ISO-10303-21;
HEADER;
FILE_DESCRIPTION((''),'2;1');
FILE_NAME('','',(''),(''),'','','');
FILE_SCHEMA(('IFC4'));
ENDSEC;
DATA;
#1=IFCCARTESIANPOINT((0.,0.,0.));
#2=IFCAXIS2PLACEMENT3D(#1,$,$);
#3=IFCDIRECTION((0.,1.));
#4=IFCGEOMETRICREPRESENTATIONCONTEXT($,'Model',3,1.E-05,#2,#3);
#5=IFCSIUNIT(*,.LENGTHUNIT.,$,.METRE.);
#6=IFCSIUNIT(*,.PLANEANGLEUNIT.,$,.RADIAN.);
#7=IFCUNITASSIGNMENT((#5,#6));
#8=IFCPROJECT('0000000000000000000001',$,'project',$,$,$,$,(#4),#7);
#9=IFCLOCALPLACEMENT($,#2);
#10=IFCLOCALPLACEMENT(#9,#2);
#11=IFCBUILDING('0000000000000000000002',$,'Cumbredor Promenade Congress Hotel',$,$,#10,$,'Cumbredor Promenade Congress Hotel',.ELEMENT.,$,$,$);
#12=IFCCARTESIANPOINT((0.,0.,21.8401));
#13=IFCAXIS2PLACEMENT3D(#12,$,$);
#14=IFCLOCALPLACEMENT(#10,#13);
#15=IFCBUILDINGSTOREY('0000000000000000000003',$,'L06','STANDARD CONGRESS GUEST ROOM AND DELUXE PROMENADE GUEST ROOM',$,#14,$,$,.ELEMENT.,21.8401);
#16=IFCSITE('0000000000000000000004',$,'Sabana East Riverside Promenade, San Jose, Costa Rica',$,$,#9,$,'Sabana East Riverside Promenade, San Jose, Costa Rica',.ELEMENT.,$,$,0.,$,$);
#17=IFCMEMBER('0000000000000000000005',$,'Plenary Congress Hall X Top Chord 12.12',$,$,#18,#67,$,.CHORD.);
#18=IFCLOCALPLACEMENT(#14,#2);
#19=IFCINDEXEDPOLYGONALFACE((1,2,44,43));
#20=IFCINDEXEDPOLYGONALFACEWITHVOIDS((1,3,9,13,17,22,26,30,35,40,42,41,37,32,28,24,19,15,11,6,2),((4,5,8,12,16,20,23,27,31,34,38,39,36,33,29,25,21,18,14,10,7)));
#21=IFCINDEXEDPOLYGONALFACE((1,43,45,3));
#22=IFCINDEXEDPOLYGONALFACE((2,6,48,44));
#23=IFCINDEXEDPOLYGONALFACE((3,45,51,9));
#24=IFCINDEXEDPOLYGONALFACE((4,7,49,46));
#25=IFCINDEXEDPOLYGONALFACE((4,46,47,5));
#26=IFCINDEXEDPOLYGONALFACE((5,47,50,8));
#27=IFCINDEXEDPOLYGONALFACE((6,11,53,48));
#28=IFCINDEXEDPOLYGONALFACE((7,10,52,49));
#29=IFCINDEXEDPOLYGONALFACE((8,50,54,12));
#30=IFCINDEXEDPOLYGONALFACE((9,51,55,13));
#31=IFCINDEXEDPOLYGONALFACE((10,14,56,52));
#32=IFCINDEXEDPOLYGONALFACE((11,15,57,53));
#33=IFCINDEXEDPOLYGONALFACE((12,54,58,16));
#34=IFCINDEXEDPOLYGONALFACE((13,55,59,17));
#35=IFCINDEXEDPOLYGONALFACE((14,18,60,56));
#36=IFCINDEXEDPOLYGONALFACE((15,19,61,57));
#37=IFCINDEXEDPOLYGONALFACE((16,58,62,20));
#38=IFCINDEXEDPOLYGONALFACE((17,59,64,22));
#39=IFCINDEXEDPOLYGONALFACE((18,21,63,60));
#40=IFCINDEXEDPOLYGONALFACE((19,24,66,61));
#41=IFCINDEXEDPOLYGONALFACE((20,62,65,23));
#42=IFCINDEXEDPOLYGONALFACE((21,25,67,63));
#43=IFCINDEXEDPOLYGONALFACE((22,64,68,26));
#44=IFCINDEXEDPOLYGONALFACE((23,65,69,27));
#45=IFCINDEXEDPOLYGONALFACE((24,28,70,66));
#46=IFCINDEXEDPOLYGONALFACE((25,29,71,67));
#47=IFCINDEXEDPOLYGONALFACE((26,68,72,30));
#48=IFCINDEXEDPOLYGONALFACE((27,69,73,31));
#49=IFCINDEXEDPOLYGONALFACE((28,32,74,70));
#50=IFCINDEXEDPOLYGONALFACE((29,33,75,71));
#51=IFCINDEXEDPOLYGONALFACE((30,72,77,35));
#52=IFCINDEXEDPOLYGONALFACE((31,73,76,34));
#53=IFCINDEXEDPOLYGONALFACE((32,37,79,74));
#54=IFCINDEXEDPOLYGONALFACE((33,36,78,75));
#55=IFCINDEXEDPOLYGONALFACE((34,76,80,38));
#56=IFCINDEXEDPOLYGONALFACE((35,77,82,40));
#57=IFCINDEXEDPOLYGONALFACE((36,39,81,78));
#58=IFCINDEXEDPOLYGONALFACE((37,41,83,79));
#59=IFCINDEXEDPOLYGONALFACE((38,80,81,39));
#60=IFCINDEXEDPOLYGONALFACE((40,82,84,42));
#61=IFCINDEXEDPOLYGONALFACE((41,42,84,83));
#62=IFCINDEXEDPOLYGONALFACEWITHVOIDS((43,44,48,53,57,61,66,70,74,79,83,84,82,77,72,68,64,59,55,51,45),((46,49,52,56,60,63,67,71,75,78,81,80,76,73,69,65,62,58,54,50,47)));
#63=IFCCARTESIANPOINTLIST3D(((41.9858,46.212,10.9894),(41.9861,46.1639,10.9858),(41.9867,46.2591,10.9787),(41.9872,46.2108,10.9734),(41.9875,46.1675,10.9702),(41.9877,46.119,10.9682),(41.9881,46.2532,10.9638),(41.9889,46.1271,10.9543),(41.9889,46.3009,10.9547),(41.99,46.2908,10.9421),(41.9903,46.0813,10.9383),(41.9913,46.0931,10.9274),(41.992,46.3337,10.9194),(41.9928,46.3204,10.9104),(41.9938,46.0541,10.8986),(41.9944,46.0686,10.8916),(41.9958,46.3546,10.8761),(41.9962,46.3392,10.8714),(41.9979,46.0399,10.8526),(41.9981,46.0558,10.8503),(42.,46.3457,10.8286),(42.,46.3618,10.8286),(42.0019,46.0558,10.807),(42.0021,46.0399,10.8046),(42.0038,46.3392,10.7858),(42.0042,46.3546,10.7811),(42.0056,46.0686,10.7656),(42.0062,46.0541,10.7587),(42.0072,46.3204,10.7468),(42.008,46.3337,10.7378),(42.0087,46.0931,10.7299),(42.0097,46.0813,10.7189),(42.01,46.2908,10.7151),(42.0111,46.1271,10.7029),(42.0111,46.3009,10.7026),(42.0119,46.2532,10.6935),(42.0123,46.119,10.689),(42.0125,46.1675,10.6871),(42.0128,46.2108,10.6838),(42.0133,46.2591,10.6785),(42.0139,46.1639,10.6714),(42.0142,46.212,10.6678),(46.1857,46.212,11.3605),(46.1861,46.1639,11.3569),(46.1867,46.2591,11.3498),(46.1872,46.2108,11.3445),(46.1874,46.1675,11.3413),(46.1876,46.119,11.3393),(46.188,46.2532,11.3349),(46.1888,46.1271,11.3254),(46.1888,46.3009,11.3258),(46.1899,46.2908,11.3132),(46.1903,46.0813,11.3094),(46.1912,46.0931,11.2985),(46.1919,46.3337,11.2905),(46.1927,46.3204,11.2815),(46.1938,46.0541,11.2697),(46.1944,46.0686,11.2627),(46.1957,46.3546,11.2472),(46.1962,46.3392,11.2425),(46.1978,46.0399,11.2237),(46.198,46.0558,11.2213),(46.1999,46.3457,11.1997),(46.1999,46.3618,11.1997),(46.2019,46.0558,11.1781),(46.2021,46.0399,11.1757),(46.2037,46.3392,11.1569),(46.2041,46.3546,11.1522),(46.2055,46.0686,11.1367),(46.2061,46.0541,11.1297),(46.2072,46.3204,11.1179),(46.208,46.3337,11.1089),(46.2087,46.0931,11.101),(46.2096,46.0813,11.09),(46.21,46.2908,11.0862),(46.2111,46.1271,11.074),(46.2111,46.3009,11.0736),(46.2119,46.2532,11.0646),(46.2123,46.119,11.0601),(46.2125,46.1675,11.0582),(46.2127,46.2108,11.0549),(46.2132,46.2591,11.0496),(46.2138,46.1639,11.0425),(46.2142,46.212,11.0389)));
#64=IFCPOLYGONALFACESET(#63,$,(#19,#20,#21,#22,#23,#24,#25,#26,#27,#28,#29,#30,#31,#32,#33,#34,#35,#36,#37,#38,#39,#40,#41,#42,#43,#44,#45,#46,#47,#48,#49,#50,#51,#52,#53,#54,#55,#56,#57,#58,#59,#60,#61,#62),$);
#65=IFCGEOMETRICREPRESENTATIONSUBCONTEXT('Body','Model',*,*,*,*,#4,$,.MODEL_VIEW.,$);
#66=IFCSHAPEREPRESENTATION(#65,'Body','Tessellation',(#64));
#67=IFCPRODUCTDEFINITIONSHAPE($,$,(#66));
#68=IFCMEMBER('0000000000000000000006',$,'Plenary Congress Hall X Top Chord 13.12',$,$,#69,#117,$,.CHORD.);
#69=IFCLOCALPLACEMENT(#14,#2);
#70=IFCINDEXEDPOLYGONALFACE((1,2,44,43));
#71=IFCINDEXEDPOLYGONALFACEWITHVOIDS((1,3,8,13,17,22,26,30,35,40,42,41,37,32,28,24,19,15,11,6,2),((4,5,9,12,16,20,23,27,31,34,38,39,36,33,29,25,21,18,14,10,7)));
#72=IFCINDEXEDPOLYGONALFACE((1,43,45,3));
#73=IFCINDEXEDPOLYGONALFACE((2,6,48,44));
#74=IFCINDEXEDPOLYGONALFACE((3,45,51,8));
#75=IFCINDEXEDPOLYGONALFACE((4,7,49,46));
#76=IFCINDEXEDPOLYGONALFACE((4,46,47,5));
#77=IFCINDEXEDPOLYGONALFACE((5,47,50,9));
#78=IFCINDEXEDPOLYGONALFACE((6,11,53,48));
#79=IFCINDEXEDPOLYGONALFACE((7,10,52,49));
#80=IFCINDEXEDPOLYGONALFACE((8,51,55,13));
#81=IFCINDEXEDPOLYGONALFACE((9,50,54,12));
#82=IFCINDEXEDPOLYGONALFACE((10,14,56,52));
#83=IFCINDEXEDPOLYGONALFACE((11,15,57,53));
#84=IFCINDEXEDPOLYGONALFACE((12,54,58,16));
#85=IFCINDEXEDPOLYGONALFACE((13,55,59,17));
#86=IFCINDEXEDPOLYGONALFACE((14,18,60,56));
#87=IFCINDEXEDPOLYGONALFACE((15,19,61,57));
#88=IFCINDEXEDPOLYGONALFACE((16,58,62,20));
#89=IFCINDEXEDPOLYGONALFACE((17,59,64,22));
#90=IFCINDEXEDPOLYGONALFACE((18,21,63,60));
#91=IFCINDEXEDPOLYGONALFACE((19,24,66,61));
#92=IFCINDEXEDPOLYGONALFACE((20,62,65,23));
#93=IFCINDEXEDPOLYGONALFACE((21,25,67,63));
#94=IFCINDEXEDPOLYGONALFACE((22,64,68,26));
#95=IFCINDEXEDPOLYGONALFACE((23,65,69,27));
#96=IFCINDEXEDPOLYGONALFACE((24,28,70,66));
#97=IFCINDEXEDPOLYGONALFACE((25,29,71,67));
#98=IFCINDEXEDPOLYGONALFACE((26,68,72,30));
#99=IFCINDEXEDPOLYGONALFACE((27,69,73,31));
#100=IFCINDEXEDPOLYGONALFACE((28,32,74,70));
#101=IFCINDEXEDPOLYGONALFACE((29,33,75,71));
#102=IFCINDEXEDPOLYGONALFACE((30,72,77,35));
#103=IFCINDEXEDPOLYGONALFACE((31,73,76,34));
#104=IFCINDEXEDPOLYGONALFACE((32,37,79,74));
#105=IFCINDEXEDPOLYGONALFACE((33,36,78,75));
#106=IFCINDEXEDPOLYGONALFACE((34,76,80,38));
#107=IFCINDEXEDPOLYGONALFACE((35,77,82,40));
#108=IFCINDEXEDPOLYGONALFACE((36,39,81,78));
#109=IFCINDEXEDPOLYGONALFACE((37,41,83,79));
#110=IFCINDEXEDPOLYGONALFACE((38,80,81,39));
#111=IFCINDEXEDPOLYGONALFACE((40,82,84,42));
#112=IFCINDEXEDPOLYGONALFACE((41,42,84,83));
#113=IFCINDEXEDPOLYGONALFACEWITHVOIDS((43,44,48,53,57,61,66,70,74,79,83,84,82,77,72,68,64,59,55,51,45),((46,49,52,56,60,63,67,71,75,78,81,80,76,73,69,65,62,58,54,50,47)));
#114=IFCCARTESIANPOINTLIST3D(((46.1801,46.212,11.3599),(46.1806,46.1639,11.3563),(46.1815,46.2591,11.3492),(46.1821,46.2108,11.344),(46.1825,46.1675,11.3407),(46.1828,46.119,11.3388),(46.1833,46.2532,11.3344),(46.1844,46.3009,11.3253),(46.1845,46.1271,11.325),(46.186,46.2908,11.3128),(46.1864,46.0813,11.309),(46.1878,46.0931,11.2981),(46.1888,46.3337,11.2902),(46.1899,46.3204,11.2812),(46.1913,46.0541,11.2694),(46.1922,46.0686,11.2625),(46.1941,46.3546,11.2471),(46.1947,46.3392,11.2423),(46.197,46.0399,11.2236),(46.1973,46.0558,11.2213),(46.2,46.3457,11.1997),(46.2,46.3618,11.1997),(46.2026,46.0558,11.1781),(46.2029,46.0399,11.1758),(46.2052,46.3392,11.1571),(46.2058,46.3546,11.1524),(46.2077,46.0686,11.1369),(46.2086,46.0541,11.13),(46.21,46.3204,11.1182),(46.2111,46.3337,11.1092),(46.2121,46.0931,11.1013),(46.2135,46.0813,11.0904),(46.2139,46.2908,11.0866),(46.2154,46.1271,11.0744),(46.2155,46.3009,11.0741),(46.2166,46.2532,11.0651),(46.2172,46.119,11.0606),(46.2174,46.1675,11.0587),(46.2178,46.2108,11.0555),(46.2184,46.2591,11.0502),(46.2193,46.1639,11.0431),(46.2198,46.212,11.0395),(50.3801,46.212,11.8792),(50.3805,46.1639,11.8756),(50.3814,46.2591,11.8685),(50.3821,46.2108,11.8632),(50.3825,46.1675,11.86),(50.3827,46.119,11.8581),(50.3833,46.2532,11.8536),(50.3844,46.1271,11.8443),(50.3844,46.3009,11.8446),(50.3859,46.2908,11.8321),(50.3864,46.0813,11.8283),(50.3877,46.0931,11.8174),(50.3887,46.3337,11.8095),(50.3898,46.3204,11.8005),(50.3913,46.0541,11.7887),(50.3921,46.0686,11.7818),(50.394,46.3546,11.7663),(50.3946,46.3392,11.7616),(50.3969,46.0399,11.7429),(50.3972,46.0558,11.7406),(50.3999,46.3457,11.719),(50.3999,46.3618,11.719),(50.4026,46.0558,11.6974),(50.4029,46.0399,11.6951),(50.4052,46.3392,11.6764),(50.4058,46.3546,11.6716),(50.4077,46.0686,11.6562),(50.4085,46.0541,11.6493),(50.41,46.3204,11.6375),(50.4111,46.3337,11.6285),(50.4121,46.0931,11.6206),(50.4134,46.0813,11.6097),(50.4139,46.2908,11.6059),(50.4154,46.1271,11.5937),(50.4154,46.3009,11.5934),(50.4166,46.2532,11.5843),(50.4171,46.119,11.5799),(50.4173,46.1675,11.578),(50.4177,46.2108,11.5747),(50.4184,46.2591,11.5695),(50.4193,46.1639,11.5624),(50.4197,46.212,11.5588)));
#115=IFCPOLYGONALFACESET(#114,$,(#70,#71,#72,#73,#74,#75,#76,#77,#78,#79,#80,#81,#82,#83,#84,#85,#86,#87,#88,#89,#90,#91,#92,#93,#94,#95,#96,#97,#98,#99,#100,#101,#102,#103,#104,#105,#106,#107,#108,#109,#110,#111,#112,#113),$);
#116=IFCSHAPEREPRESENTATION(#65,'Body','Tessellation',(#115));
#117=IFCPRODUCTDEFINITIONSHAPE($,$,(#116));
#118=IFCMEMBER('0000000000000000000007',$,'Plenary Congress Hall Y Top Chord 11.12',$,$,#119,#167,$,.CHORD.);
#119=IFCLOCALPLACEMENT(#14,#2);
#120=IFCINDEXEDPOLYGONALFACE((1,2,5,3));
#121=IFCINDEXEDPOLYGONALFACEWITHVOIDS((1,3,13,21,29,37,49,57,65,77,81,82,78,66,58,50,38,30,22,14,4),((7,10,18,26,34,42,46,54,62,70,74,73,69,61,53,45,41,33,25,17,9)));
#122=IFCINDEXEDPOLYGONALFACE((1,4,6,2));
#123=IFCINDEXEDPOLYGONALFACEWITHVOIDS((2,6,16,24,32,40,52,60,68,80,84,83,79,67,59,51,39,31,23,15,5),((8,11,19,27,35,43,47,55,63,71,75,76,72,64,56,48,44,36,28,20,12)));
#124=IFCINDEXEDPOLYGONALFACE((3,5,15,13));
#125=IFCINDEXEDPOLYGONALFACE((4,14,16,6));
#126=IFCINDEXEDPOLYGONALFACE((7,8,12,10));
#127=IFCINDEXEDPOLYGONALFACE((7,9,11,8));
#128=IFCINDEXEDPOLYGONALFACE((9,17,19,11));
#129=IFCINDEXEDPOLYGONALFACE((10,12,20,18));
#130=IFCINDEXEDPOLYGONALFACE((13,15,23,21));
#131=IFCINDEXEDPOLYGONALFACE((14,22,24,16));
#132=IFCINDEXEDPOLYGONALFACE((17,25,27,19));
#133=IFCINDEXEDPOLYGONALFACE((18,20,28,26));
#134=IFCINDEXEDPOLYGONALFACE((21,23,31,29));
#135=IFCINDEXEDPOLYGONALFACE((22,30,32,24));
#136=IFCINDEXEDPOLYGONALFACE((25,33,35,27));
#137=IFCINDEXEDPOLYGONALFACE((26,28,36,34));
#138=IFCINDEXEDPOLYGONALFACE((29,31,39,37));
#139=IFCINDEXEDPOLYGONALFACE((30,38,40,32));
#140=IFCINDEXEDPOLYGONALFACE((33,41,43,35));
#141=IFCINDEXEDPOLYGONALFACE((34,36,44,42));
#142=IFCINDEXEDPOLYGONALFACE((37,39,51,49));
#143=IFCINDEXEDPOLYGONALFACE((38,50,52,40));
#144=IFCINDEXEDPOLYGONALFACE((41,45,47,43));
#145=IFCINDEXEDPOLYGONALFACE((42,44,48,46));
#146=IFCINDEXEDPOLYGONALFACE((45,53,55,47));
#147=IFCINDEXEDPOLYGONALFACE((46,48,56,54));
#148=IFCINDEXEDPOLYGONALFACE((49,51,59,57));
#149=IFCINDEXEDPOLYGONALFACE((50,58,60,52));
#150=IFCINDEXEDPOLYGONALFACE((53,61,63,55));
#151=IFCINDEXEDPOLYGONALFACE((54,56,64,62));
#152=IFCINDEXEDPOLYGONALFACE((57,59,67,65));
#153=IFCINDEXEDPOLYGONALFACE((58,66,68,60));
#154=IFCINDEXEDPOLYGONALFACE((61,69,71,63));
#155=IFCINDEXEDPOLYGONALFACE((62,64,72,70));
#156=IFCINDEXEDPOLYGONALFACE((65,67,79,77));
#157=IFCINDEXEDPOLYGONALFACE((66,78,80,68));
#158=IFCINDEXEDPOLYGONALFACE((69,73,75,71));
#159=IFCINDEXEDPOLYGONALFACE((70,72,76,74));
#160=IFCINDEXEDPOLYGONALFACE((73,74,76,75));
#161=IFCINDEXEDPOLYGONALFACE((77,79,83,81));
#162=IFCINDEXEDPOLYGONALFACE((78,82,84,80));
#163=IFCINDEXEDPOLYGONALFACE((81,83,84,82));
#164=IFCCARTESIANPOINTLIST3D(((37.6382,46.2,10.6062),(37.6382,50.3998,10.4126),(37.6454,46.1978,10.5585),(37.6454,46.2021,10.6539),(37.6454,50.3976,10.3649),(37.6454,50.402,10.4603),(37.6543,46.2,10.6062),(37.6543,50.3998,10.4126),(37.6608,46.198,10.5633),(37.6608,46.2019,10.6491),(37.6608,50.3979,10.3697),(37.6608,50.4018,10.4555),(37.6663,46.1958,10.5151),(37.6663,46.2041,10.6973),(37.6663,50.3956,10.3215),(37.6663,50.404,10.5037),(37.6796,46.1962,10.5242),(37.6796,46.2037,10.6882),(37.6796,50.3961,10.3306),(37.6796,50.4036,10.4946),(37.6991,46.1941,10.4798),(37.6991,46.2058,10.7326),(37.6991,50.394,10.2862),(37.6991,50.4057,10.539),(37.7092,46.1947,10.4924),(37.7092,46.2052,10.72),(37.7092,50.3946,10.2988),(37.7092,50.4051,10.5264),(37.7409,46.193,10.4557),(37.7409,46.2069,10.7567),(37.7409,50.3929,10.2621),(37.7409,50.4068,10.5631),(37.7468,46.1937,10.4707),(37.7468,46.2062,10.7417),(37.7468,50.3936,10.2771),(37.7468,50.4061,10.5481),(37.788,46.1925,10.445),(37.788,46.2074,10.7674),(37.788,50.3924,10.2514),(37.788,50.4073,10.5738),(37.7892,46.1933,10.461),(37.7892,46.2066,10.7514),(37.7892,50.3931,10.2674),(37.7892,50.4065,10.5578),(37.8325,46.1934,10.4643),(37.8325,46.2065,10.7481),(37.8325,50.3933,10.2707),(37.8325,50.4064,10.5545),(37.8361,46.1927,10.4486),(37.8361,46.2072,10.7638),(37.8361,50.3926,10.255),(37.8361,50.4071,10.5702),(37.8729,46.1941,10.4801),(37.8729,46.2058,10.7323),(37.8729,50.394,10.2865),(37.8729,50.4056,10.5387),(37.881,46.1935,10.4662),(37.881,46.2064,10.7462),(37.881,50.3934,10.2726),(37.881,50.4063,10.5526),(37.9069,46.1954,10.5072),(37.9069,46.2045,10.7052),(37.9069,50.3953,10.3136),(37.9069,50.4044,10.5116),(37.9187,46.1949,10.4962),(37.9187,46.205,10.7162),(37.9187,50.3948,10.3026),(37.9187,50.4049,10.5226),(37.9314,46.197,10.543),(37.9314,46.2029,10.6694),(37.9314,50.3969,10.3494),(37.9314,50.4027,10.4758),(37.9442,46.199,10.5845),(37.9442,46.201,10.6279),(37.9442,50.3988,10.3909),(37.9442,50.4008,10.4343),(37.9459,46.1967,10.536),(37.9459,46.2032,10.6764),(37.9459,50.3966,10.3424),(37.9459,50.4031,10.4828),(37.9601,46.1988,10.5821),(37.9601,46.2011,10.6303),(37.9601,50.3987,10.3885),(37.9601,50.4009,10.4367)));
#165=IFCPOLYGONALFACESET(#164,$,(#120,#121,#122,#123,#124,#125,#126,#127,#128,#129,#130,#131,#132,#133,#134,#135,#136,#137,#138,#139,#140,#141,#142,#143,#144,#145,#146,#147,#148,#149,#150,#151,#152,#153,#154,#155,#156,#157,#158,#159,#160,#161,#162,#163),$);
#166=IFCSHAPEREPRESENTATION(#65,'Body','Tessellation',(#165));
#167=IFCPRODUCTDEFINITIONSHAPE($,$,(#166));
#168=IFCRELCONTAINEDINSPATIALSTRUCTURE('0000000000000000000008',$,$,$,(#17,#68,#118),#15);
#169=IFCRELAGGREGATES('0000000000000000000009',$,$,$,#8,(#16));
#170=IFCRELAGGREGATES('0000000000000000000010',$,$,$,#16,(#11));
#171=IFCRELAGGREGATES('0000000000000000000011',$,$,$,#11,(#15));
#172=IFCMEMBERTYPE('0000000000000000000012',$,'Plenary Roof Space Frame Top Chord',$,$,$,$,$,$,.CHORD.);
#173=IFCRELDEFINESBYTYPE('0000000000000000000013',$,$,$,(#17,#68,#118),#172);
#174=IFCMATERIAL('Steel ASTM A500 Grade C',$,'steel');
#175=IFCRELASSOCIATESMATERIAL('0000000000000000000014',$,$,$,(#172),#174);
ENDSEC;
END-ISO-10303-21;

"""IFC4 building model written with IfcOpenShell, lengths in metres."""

from ifc_helpers import new_model, si_unit, direction, frame, origin, origin_2d, place, context, subcontext, project, spatial, hollow_circle, extrude, material, material_profile, profile_set, type_object, element, save


model = new_model("IFC4")

# Units and contexts
model_context = context("Model", 3, precision=1e-05, world=origin(), true_north=direction((0.0, 1.0)))
body_context = subcontext(model_context, "Body", "Model", "MODEL_VIEW")
ifc_project = project(units=[si_unit("LENGTHUNIT", "METRE"), si_unit("PLANEANGLEUNIT", "RADIAN")], contexts=[model_context])

# Site, building, storey
site_placement = place(None, origin())
site = spatial("IfcSite", under=ifc_project, at=site_placement, Name="Sabana East Riverside Promenade, San Jose, Costa Rica", LongName="Sabana East Riverside Promenade, San Jose, Costa Rica", CompositionType="ELEMENT", RefElevation=0.0)
building_placement = place(site_placement, origin())
building = spatial("IfcBuilding", under=site, at=building_placement, Name="Cumbredor Promenade Congress Hotel", LongName="Cumbredor Promenade Congress Hotel", CompositionType="ELEMENT")
storey_placement = place(building_placement, frame((0.0, 0.0, 21.8401)))
storey = spatial("IfcBuildingStorey", under=building, at=storey_placement, Name="L06", Description="STANDARD CONGRESS GUEST ROOM AND DELUXE PROMENADE GUEST ROOM", CompositionType="ELEMENT", Elevation=21.8401)

# Members
ifc_material_1 = material(Name="Steel ASTM A500 Grade C", Category="steel")
ifc_material_profile_1 = material_profile(ifc_material_1, hollow_circle(Radius=0.1619, WallThickness=0.0161, at=origin_2d()), Name="CHS 323.9x16")
ifc_profile_set_1 = profile_set([ifc_material_profile_1], Name="Steel ASTM A500 Grade C")
member_type_1 = type_object("IfcMemberType", Name="Plenary Roof Space Frame Top Chord", PredefinedType="CHORD", material=ifc_profile_set_1)
member_1_placement = place(storey_placement, frame((42.0, 46.2, 10.8286), z_axis=(0.996119, 0.0, 0.088014), x_axis=(0.0, 1.0, 0.0)))
element("IfcMember", 1, at=member_1_placement, inside=storey, type_object=member_type_1, Name="Plenary Congress Hall X Top Chord 12.12", PredefinedType="CHORD", context=body_context, shape_type="SweptSolid", body=[
    extrude(hollow_circle(Radius=0.1619, WallThickness=0.0161, at=origin_2d()), origin(), (0.0, 0.0, 1.0), 4.2163),
])
member_2_placement = place(storey_placement, frame((46.2, 46.2, 11.1997), z_axis=(0.992443, 0.0, 0.122707), x_axis=(0.0, 1.0, 0.0)))
element("IfcMember", 2, at=member_2_placement, inside=storey, type_object=member_type_1, Name="Plenary Congress Hall X Top Chord 13.12", PredefinedType="CHORD", context=body_context, shape_type="SweptSolid", body=[
    extrude(hollow_circle(Radius=0.1619, WallThickness=0.0161, at=origin_2d()), origin(), (0.0, 0.0, 1.0), 4.2319),
])
member_3_placement = place(storey_placement, frame((37.8, 46.2, 10.6062), z_axis=(0.0, 0.998939, -0.046048), x_axis=(-1.0, 0.0, 0.0)))
element("IfcMember", 3, at=member_3_placement, inside=storey, type_object=member_type_1, Name="Plenary Congress Hall Y Top Chord 11.12", PredefinedType="CHORD", context=body_context, shape_type="SweptSolid", body=[
    extrude(hollow_circle(Radius=0.1619, WallThickness=0.0161, at=origin_2d()), origin(), (0.0, 0.0, 1.0), 4.2043),
])

save(model, "model.ifc")
